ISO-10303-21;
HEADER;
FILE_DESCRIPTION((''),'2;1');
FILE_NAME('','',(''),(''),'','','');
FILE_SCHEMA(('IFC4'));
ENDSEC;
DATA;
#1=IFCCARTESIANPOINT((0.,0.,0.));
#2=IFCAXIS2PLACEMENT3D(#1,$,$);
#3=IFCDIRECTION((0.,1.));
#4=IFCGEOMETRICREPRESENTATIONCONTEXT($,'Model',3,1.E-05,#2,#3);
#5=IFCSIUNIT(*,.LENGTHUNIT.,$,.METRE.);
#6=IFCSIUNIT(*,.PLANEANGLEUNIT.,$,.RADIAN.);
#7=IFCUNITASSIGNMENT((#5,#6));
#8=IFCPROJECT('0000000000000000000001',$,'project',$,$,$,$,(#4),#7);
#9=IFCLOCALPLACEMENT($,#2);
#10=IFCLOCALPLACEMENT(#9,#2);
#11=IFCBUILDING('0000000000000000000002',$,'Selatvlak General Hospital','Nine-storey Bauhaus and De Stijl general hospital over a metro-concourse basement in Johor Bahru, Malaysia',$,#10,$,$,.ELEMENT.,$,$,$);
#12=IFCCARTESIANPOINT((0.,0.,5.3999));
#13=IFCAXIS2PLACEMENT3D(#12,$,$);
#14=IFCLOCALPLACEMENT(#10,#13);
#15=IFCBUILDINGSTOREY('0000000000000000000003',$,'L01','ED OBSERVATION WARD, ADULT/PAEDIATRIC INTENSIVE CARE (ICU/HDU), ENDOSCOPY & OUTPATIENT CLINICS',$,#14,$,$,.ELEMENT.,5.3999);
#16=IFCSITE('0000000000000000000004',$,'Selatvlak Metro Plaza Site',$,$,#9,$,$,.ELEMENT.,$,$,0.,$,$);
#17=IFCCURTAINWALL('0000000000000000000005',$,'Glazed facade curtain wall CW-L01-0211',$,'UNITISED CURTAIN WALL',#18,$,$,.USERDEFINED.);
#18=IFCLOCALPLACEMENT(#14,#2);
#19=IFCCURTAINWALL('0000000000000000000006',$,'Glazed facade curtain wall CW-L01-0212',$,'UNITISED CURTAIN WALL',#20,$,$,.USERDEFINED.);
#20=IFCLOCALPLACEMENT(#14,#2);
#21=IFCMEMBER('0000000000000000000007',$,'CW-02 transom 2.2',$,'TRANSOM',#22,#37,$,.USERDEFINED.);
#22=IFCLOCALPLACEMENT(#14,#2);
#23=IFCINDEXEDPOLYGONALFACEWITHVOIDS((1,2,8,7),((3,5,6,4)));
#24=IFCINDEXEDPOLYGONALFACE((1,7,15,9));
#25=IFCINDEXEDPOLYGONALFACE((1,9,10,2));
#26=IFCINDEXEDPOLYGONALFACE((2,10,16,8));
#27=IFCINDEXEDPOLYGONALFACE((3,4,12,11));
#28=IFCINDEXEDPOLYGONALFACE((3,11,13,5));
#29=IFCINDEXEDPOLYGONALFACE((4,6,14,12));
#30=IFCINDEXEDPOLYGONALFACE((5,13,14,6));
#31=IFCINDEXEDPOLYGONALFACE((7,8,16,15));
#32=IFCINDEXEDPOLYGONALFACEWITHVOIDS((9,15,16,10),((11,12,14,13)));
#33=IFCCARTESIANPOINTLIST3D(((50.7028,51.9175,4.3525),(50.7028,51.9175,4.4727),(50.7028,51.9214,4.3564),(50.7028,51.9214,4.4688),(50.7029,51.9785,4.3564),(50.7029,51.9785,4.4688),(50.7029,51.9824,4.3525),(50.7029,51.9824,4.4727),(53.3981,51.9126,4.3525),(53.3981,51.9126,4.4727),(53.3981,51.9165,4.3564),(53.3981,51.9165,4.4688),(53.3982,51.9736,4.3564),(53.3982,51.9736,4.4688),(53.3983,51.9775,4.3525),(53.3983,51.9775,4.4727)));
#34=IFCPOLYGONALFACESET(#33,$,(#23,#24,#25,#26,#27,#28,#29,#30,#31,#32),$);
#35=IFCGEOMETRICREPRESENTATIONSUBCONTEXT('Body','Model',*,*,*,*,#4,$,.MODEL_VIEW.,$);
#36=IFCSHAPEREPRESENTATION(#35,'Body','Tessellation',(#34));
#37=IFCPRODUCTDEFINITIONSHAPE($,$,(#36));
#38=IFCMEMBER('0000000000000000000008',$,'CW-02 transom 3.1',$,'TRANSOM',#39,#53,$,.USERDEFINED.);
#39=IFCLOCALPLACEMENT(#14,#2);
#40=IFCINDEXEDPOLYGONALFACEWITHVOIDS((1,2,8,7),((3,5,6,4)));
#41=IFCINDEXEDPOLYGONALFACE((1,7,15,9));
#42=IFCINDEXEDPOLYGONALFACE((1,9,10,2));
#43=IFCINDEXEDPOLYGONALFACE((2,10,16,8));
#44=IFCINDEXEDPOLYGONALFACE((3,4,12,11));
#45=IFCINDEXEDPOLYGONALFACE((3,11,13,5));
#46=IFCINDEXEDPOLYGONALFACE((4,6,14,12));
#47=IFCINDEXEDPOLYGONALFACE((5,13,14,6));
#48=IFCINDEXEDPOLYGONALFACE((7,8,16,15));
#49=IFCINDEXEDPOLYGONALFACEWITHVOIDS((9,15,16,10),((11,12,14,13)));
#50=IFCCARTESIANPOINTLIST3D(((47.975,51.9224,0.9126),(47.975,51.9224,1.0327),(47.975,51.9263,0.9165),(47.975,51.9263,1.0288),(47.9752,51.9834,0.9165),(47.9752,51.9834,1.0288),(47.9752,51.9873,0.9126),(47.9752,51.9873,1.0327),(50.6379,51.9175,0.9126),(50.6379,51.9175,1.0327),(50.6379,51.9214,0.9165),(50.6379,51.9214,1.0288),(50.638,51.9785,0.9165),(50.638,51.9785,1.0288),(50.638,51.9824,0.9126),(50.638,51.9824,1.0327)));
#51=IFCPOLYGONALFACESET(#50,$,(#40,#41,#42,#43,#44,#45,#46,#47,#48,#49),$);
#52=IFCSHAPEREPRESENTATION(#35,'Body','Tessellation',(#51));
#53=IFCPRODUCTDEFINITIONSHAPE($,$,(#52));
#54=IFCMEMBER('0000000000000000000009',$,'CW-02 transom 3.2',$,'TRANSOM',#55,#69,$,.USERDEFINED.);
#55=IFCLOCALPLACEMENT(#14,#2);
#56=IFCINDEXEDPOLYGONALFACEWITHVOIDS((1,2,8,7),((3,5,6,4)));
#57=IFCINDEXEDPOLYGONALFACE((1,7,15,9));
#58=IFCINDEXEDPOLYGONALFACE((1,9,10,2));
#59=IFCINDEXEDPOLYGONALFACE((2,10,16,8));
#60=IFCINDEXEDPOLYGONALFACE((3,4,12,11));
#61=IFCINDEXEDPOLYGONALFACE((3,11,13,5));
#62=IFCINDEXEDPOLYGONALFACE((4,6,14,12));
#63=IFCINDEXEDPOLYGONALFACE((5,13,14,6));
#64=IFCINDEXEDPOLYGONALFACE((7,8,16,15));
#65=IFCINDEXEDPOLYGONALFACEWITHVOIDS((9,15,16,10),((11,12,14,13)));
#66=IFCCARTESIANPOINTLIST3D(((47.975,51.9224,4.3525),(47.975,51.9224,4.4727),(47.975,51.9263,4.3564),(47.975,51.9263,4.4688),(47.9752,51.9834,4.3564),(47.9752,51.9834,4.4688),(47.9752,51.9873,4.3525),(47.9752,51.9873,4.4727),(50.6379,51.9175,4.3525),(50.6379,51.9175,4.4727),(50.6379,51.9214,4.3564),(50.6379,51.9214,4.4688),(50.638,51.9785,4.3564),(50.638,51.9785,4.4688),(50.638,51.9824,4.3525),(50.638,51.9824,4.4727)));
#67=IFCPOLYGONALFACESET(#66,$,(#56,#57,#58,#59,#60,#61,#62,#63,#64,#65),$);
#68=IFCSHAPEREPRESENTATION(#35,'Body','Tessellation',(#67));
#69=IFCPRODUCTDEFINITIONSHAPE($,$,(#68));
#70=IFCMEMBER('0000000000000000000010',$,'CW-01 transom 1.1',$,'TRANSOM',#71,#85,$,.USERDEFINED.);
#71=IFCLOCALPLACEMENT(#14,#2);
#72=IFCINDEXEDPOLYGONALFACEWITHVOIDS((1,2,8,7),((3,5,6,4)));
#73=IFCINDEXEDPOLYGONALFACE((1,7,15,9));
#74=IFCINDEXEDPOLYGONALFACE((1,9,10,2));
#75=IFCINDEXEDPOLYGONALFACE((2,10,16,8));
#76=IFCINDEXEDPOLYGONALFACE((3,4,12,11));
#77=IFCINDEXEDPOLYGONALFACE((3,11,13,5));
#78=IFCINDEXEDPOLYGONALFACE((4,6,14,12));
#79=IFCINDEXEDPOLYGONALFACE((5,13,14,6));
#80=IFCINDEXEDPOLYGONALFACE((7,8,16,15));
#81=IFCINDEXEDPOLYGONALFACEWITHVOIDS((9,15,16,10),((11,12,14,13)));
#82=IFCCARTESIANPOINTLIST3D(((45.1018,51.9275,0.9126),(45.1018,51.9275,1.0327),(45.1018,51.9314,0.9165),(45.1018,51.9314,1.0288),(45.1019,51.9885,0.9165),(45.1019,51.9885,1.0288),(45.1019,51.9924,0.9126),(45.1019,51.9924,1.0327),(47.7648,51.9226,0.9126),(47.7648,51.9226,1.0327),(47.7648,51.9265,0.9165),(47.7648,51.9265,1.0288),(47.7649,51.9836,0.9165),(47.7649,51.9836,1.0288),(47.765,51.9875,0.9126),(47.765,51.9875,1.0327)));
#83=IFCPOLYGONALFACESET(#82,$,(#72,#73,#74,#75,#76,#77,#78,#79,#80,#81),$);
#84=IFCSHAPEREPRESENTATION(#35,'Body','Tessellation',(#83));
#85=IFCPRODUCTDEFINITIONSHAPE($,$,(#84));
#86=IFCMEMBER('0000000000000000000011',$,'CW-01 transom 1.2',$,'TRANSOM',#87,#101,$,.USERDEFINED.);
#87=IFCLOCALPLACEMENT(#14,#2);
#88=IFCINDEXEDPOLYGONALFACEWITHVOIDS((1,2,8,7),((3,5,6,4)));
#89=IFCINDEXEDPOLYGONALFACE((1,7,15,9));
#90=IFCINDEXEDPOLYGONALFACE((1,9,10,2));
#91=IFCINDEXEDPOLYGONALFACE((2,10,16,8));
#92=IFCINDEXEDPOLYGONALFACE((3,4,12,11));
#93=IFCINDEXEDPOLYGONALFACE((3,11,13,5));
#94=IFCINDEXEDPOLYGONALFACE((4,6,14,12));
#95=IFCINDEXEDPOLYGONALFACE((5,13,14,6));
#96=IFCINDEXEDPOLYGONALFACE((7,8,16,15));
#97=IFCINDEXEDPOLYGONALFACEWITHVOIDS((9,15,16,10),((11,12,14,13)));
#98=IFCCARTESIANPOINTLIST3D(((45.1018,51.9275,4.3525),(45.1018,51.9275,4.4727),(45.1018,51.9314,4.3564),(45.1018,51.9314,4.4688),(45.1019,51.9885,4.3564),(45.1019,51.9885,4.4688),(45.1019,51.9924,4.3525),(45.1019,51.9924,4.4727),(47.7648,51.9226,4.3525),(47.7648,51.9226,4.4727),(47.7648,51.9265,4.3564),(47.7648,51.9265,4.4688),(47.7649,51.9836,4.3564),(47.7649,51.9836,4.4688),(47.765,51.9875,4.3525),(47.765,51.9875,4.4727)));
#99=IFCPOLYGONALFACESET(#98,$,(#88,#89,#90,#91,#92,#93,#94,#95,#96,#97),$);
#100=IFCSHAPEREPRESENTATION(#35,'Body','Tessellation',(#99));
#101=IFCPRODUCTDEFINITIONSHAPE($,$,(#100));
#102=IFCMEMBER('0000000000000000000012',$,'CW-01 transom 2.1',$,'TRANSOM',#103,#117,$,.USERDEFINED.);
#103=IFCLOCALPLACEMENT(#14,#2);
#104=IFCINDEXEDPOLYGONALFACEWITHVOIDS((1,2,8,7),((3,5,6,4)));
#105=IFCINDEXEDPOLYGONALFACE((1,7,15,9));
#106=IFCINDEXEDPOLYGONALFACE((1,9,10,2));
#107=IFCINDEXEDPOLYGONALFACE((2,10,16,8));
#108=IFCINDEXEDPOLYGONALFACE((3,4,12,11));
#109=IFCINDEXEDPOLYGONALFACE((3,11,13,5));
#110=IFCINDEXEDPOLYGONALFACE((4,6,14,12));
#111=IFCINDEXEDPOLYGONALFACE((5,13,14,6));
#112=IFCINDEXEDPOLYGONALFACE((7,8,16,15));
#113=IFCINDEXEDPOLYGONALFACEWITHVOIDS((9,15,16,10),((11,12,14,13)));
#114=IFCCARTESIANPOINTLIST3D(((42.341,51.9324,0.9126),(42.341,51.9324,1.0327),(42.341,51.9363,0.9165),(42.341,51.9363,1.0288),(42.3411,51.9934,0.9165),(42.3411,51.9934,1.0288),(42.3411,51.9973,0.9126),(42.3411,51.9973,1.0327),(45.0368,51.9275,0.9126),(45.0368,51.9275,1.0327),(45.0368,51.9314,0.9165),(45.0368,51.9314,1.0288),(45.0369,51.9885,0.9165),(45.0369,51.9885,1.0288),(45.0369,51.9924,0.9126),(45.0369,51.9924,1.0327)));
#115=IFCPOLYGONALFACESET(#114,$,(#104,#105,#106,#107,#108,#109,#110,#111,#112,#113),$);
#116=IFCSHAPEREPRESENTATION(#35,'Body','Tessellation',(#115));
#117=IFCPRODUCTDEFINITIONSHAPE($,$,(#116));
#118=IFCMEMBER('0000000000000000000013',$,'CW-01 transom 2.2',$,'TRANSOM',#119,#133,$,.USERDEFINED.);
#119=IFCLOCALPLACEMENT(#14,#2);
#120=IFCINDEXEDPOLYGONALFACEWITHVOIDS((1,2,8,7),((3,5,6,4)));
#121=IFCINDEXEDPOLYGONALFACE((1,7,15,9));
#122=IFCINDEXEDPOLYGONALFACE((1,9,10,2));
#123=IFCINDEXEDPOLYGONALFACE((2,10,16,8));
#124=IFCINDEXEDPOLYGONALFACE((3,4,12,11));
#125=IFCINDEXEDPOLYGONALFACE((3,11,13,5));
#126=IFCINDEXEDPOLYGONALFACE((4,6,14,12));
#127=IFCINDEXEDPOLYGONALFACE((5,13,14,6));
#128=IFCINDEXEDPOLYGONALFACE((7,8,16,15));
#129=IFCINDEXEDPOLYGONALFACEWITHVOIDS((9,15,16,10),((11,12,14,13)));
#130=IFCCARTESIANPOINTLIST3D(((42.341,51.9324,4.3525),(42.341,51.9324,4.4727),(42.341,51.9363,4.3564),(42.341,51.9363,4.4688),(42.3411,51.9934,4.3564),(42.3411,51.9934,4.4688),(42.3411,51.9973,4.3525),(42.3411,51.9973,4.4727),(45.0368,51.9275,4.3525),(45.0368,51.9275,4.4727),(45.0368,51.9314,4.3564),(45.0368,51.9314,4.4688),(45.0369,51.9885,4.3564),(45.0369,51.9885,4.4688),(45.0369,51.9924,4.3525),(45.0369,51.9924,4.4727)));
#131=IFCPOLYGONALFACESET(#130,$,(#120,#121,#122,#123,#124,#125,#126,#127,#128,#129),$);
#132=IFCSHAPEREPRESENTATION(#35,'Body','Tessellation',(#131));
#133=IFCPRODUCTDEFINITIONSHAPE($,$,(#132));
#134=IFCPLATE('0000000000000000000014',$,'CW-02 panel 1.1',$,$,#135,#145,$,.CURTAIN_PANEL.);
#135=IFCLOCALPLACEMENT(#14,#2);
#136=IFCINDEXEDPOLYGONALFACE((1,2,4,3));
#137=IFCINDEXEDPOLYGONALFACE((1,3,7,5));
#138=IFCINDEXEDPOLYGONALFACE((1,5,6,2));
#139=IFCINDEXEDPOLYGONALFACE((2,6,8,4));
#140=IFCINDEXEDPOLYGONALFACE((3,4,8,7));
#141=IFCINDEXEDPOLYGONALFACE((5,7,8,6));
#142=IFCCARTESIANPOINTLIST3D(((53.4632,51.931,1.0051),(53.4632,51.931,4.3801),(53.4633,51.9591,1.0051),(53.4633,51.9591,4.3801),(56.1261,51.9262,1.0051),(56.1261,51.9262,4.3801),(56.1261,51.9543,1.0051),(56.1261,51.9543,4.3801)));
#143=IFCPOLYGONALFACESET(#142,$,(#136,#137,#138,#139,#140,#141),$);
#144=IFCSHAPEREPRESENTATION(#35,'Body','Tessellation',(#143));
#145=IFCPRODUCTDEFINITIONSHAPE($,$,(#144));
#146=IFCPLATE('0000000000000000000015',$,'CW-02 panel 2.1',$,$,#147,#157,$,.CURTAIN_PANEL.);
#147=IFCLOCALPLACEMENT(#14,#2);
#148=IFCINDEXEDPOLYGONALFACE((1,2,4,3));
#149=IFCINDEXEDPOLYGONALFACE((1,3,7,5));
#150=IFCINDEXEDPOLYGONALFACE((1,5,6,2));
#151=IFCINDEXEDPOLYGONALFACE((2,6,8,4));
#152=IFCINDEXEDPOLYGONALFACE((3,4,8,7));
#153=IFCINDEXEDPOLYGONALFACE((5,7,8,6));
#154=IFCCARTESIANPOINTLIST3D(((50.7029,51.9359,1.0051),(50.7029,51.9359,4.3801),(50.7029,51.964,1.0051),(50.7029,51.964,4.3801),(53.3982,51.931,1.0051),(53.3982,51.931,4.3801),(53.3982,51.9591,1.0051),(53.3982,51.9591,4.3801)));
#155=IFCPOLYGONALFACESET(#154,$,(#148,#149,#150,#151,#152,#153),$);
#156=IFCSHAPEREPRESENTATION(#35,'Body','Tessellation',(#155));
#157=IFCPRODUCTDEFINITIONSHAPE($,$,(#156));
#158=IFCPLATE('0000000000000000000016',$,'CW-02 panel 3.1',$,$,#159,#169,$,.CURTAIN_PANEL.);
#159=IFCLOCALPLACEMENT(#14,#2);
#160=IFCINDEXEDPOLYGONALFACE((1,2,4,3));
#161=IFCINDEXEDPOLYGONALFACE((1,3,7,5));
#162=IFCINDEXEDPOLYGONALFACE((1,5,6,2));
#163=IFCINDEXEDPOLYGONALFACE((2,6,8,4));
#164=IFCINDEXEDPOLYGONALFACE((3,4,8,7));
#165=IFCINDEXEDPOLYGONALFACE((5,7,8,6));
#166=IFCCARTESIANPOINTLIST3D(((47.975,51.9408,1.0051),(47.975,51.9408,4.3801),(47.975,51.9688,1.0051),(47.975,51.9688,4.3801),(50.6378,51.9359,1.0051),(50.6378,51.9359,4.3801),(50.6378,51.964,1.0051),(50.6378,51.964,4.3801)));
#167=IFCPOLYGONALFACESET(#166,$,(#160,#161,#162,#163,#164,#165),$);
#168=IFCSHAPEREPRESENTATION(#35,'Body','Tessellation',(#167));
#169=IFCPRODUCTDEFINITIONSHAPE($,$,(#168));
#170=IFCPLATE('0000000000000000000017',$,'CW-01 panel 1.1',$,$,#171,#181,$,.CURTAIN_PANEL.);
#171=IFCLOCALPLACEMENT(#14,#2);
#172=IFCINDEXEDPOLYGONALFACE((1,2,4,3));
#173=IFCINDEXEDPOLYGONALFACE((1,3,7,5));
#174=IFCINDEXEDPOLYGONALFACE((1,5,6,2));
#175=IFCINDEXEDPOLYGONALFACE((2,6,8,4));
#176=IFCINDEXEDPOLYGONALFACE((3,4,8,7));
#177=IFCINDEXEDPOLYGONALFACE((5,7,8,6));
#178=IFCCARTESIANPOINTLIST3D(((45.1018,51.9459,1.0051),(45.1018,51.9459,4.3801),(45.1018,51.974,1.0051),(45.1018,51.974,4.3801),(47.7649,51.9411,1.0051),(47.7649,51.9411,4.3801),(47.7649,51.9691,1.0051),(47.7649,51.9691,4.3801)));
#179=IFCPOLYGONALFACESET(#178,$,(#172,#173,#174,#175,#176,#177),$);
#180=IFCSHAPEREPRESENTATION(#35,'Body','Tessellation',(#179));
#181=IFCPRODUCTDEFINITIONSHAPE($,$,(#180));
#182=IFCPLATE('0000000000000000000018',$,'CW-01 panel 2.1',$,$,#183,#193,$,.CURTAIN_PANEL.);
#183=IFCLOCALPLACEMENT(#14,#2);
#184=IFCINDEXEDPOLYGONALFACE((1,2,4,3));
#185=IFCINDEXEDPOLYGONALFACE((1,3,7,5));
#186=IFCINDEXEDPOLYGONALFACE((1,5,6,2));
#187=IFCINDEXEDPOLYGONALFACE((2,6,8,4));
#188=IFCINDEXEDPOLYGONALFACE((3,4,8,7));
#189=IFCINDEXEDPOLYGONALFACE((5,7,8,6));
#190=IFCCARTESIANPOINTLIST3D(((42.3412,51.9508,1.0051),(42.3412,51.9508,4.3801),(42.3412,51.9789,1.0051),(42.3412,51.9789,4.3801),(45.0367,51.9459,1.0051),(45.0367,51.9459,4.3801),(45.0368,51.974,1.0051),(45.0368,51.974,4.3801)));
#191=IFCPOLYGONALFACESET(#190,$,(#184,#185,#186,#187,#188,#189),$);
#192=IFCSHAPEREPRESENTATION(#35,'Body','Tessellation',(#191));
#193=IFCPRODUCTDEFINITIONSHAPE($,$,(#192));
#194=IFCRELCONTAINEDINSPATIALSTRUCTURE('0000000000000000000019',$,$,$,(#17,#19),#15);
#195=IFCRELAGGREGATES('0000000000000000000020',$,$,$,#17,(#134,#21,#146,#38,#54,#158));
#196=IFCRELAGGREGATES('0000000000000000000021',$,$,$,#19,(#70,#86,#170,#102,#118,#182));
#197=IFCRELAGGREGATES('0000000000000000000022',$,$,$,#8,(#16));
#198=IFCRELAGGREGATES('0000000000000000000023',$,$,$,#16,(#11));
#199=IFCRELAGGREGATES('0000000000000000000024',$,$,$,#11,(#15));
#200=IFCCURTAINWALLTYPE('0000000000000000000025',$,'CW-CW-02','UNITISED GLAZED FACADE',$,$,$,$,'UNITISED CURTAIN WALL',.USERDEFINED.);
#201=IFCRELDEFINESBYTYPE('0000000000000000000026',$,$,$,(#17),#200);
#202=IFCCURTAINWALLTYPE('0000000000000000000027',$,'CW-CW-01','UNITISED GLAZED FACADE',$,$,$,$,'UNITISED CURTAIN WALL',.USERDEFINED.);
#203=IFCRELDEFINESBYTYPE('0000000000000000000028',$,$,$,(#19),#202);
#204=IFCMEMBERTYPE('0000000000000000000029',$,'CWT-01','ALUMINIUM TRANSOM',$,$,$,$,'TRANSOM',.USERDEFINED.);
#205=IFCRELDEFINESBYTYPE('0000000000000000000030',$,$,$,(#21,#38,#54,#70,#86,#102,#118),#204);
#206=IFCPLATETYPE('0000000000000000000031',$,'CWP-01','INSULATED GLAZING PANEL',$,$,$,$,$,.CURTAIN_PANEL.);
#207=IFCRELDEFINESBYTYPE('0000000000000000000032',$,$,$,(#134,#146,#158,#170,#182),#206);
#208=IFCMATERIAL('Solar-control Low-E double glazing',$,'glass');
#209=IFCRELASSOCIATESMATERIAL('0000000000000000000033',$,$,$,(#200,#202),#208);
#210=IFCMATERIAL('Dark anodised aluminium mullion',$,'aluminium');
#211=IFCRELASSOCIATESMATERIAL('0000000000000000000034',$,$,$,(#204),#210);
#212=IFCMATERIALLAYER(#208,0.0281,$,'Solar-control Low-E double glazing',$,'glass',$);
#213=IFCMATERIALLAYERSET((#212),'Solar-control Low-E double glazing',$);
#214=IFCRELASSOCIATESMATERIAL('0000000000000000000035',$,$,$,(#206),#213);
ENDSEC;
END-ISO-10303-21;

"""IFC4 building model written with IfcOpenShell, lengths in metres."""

from ifc_helpers import new_model, si_unit, direction, frame, origin, origin_2d, place, context, subcontext, project, spatial, rectangle, hollow_rectangle, extrude, material, layer, layer_set, material_profile, profile_set, type_object, element, aggregate, save


model = new_model("IFC4")

# Units and contexts
model_context = context("Model", 3, precision=1e-05, world=origin(), true_north=direction((0.0, 1.0)))
body_context = subcontext(model_context, "Body", "Model", "MODEL_VIEW")
ifc_project = project(units=[si_unit("LENGTHUNIT", "METRE"), si_unit("PLANEANGLEUNIT", "RADIAN")], contexts=[model_context])

# Site, building, storey
site_placement = place(None, origin())
site = spatial("IfcSite", under=ifc_project, at=site_placement, Name="Selatvlak Metro Plaza Site", CompositionType="ELEMENT", RefElevation=0.0)
building_placement = place(site_placement, origin())
building = spatial("IfcBuilding", under=site, at=building_placement, Name="Selatvlak General Hospital", Description="Nine-storey Bauhaus and De Stijl general hospital over a metro-concourse basement in Johor Bahru, Malaysia", CompositionType="ELEMENT")
storey_placement = place(building_placement, frame((0.0, 0.0, 5.3999)))
storey = spatial("IfcBuildingStorey", under=building, at=storey_placement, Name="L01", Description="ED OBSERVATION WARD, ADULT/PAEDIATRIC INTENSIVE CARE (ICU/HDU), ENDOSCOPY & OUTPATIENT CLINICS", CompositionType="ELEMENT", Elevation=5.3999)

# Curtain walls
ifc_material_1 = material(Name="Solar-control Low-E double glazing", Category="glass")
curtain_wall_type_1 = type_object("IfcCurtainWallType", Name="CW-CW-02", Description="UNITISED GLAZED FACADE", ElementType="UNITISED CURTAIN WALL", PredefinedType="USERDEFINED", material=ifc_material_1)
curtain_wall_1_placement = place(storey_placement, origin())
curtain_wall_1 = element("IfcCurtainWall", 1, at=curtain_wall_1_placement, inside=storey, type_object=curtain_wall_type_1, Name="Glazed facade curtain wall CW-L01-0211", ObjectType="UNITISED CURTAIN WALL", PredefinedType="USERDEFINED")
ifc_material_2 = material(Name="Dark anodised aluminium mullion", Category="aluminium")
curtain_wall_type_2 = type_object("IfcCurtainWallType", Name="CW-CW-01", Description="UNITISED GLAZED FACADE", ElementType="UNITISED CURTAIN WALL", PredefinedType="USERDEFINED", material=ifc_material_1)
curtain_wall_2_placement = place(storey_placement, origin())
curtain_wall_2 = element("IfcCurtainWall", 2, at=curtain_wall_2_placement, inside=storey, type_object=curtain_wall_type_2, Name="Glazed facade curtain wall CW-L01-0212", ObjectType="UNITISED CURTAIN WALL", PredefinedType="USERDEFINED")

# Members
ifc_material_profile_1 = material_profile(ifc_material_2, hollow_rectangle(XDim=0.0649, YDim=0.1201, WallThickness=0.0039, at=origin_2d()), Name="AL-TRN 65x120x4")
ifc_profile_set_1 = profile_set([ifc_material_profile_1], Name="Dark anodised aluminium mullion")
member_type_1 = type_object("IfcMemberType", Name="CWT-01", Description="ALUMINIUM TRANSOM", ElementType="TRANSOM", PredefinedType="USERDEFINED", material=ifc_profile_set_1)
member_1_placement = place(storey_placement, frame((53.3982, 51.9451, 4.4126), z_axis=(-0.999998, 0.001812, 0.0), x_axis=(-0.001812, -0.999998, 0.0)))
member_1 = element("IfcMember", 3, at=member_1_placement, type_object=member_type_1, Name="CW-02 transom 2.2", ObjectType="TRANSOM", PredefinedType="USERDEFINED", context=body_context, shape_type="SweptSolid", body=[
    extrude(hollow_rectangle(XDim=0.0649, YDim=0.1201, WallThickness=0.0039, at=origin_2d()), origin(), (0.0, 0.0, 1.0), 2.6953),
])
member_2_placement = place(storey_placement, frame((50.6379, 51.95, 0.9727), z_axis=(-0.999998, 0.001834, 0.0), x_axis=(-0.001834, -0.999998, 0.0)))
member_2 = element("IfcMember", 4, at=member_2_placement, type_object=member_type_1, Name="CW-02 transom 3.1", ObjectType="TRANSOM", PredefinedType="USERDEFINED", context=body_context, shape_type="SweptSolid", body=[
    extrude(hollow_rectangle(XDim=0.0649, YDim=0.1201, WallThickness=0.0039, at=origin_2d()), origin(), (0.0, 0.0, 1.0), 2.6628),
])
member_3_placement = place(storey_placement, frame((50.6379, 51.95, 4.4126), z_axis=(-0.999998, 0.001834, 0.0), x_axis=(-0.001834, -0.999998, 0.0)))
member_3 = element("IfcMember", 5, at=member_3_placement, type_object=member_type_1, Name="CW-02 transom 3.2", ObjectType="TRANSOM", PredefinedType="USERDEFINED", context=body_context, shape_type="SweptSolid", body=[
    extrude(hollow_rectangle(XDim=0.0649, YDim=0.1201, WallThickness=0.0039, at=origin_2d()), origin(), (0.0, 0.0, 1.0), 2.6628),
])
member_4_placement = place(storey_placement, frame((47.7649, 51.9551, 0.9727), z_axis=(-0.999998, 0.001834, 0.0), x_axis=(-0.001834, -0.999998, 0.0)))
member_4 = element("IfcMember", 6, at=member_4_placement, type_object=member_type_1, Name="CW-01 transom 1.1", ObjectType="TRANSOM", PredefinedType="USERDEFINED", context=body_context, shape_type="SweptSolid", body=[
    extrude(hollow_rectangle(XDim=0.0649, YDim=0.1201, WallThickness=0.0039, at=origin_2d()), origin(), (0.0, 0.0, 1.0), 2.6631),
])
member_5_placement = place(storey_placement, frame((47.7649, 51.9551, 4.4126), z_axis=(-0.999998, 0.001834, 0.0), x_axis=(-0.001834, -0.999998, 0.0)))
member_5 = element("IfcMember", 7, at=member_5_placement, type_object=member_type_1, Name="CW-01 transom 1.2", ObjectType="TRANSOM", PredefinedType="USERDEFINED", context=body_context, shape_type="SweptSolid", body=[
    extrude(hollow_rectangle(XDim=0.0649, YDim=0.1201, WallThickness=0.0039, at=origin_2d()), origin(), (0.0, 0.0, 1.0), 2.6631),
])
member_6_placement = place(storey_placement, frame((45.0369, 51.96, 0.9727), z_axis=(-0.999998, 0.001811, 0.0), x_axis=(-0.001811, -0.999998, 0.0)))
member_6 = element("IfcMember", 8, at=member_6_placement, type_object=member_type_1, Name="CW-01 transom 2.1", ObjectType="TRANSOM", PredefinedType="USERDEFINED", context=body_context, shape_type="SweptSolid", body=[
    extrude(hollow_rectangle(XDim=0.0649, YDim=0.1201, WallThickness=0.0039, at=origin_2d()), origin(), (0.0, 0.0, 1.0), 2.6958),
])
member_7_placement = place(storey_placement, frame((45.0369, 51.96, 4.4126), z_axis=(-0.999998, 0.001811, 0.0), x_axis=(-0.001811, -0.999998, 0.0)))
member_7 = element("IfcMember", 9, at=member_7_placement, type_object=member_type_1, Name="CW-01 transom 2.2", ObjectType="TRANSOM", PredefinedType="USERDEFINED", context=body_context, shape_type="SweptSolid", body=[
    extrude(hollow_rectangle(XDim=0.0649, YDim=0.1201, WallThickness=0.0039, at=origin_2d()), origin(), (0.0, 0.0, 1.0), 2.6958),
])

# Plates
ifc_layer_1 = layer(ifc_material_1, 0.0281, Name="Solar-control Low-E double glazing", Category="glass")
ifc_layer_set_1 = layer_set([ifc_layer_1], Name="Solar-control Low-E double glazing")
plate_type = type_object("IfcPlateType", Name="CWP-01", Description="INSULATED GLAZING PANEL", PredefinedType="CURTAIN_PANEL", material=ifc_layer_set_1)
plate_1_placement = place(storey_placement, frame((54.7947, 51.9426, 1.0051), z_axis=(0.0, 0.0, 1.0), x_axis=(-0.999998, 0.001811, 0.0)))
plate_1 = element("IfcPlate", 10, at=plate_1_placement, type_object=plate_type, Name="CW-02 panel 1.1", PredefinedType="CURTAIN_PANEL", context=body_context, shape_type="SweptSolid", body=[
    extrude(rectangle(XDim=2.6628, YDim=0.0281, at=origin_2d()), origin(), (0.0, 0.0, 1.0), 3.375),
])
plate_2_placement = place(storey_placement, frame((52.0505, 51.9475, 1.0051), z_axis=(0.0, 0.0, 1.0), x_axis=(-0.999998, 0.001811, 0.0)))
plate_2 = element("IfcPlate", 11, at=plate_2_placement, type_object=plate_type, Name="CW-02 panel 2.1", PredefinedType="CURTAIN_PANEL", context=body_context, shape_type="SweptSolid", body=[
    extrude(rectangle(XDim=2.6953, YDim=0.0281, at=origin_2d()), origin(), (0.0, 0.0, 1.0), 3.375),
])
plate_3_placement = place(storey_placement, frame((49.3064, 51.9524, 1.0051), z_axis=(0.0, 0.0, 1.0), x_axis=(-0.999998, 0.001811, 0.0)))
plate_3 = element("IfcPlate", 12, at=plate_3_placement, type_object=plate_type, Name="CW-02 panel 3.1", PredefinedType="CURTAIN_PANEL", context=body_context, shape_type="SweptSolid", body=[
    extrude(rectangle(XDim=2.6628, YDim=0.0281, at=origin_2d()), origin(), (0.0, 0.0, 1.0), 3.375),
])
aggregate(curtain_wall_1, [plate_1, member_1, plate_2, member_2, member_3, plate_3])
plate_4_placement = place(storey_placement, frame((46.4333, 51.9575, 1.0051), z_axis=(0.0, 0.0, 1.0), x_axis=(-0.999998, 0.001811, 0.0)))
plate_4 = element("IfcPlate", 13, at=plate_4_placement, type_object=plate_type, Name="CW-01 panel 1.1", PredefinedType="CURTAIN_PANEL", context=body_context, shape_type="SweptSolid", body=[
    extrude(rectangle(XDim=2.6631, YDim=0.0281, at=origin_2d()), origin(), (0.0, 0.0, 1.0), 3.375),
])
plate_5_placement = place(storey_placement, frame((43.689, 51.9624, 1.0051), z_axis=(0.0, 0.0, 1.0), x_axis=(-0.999998, 0.001811, 0.0)))
plate_5 = element("IfcPlate", 14, at=plate_5_placement, type_object=plate_type, Name="CW-01 panel 2.1", PredefinedType="CURTAIN_PANEL", context=body_context, shape_type="SweptSolid", body=[
    extrude(rectangle(XDim=2.6956, YDim=0.0281, at=origin_2d()), origin(), (0.0, 0.0, 1.0), 3.375),
])
aggregate(curtain_wall_2, [member_4, member_5, plate_4, member_6, member_7, plate_5])

save(model, "model.ifc")
